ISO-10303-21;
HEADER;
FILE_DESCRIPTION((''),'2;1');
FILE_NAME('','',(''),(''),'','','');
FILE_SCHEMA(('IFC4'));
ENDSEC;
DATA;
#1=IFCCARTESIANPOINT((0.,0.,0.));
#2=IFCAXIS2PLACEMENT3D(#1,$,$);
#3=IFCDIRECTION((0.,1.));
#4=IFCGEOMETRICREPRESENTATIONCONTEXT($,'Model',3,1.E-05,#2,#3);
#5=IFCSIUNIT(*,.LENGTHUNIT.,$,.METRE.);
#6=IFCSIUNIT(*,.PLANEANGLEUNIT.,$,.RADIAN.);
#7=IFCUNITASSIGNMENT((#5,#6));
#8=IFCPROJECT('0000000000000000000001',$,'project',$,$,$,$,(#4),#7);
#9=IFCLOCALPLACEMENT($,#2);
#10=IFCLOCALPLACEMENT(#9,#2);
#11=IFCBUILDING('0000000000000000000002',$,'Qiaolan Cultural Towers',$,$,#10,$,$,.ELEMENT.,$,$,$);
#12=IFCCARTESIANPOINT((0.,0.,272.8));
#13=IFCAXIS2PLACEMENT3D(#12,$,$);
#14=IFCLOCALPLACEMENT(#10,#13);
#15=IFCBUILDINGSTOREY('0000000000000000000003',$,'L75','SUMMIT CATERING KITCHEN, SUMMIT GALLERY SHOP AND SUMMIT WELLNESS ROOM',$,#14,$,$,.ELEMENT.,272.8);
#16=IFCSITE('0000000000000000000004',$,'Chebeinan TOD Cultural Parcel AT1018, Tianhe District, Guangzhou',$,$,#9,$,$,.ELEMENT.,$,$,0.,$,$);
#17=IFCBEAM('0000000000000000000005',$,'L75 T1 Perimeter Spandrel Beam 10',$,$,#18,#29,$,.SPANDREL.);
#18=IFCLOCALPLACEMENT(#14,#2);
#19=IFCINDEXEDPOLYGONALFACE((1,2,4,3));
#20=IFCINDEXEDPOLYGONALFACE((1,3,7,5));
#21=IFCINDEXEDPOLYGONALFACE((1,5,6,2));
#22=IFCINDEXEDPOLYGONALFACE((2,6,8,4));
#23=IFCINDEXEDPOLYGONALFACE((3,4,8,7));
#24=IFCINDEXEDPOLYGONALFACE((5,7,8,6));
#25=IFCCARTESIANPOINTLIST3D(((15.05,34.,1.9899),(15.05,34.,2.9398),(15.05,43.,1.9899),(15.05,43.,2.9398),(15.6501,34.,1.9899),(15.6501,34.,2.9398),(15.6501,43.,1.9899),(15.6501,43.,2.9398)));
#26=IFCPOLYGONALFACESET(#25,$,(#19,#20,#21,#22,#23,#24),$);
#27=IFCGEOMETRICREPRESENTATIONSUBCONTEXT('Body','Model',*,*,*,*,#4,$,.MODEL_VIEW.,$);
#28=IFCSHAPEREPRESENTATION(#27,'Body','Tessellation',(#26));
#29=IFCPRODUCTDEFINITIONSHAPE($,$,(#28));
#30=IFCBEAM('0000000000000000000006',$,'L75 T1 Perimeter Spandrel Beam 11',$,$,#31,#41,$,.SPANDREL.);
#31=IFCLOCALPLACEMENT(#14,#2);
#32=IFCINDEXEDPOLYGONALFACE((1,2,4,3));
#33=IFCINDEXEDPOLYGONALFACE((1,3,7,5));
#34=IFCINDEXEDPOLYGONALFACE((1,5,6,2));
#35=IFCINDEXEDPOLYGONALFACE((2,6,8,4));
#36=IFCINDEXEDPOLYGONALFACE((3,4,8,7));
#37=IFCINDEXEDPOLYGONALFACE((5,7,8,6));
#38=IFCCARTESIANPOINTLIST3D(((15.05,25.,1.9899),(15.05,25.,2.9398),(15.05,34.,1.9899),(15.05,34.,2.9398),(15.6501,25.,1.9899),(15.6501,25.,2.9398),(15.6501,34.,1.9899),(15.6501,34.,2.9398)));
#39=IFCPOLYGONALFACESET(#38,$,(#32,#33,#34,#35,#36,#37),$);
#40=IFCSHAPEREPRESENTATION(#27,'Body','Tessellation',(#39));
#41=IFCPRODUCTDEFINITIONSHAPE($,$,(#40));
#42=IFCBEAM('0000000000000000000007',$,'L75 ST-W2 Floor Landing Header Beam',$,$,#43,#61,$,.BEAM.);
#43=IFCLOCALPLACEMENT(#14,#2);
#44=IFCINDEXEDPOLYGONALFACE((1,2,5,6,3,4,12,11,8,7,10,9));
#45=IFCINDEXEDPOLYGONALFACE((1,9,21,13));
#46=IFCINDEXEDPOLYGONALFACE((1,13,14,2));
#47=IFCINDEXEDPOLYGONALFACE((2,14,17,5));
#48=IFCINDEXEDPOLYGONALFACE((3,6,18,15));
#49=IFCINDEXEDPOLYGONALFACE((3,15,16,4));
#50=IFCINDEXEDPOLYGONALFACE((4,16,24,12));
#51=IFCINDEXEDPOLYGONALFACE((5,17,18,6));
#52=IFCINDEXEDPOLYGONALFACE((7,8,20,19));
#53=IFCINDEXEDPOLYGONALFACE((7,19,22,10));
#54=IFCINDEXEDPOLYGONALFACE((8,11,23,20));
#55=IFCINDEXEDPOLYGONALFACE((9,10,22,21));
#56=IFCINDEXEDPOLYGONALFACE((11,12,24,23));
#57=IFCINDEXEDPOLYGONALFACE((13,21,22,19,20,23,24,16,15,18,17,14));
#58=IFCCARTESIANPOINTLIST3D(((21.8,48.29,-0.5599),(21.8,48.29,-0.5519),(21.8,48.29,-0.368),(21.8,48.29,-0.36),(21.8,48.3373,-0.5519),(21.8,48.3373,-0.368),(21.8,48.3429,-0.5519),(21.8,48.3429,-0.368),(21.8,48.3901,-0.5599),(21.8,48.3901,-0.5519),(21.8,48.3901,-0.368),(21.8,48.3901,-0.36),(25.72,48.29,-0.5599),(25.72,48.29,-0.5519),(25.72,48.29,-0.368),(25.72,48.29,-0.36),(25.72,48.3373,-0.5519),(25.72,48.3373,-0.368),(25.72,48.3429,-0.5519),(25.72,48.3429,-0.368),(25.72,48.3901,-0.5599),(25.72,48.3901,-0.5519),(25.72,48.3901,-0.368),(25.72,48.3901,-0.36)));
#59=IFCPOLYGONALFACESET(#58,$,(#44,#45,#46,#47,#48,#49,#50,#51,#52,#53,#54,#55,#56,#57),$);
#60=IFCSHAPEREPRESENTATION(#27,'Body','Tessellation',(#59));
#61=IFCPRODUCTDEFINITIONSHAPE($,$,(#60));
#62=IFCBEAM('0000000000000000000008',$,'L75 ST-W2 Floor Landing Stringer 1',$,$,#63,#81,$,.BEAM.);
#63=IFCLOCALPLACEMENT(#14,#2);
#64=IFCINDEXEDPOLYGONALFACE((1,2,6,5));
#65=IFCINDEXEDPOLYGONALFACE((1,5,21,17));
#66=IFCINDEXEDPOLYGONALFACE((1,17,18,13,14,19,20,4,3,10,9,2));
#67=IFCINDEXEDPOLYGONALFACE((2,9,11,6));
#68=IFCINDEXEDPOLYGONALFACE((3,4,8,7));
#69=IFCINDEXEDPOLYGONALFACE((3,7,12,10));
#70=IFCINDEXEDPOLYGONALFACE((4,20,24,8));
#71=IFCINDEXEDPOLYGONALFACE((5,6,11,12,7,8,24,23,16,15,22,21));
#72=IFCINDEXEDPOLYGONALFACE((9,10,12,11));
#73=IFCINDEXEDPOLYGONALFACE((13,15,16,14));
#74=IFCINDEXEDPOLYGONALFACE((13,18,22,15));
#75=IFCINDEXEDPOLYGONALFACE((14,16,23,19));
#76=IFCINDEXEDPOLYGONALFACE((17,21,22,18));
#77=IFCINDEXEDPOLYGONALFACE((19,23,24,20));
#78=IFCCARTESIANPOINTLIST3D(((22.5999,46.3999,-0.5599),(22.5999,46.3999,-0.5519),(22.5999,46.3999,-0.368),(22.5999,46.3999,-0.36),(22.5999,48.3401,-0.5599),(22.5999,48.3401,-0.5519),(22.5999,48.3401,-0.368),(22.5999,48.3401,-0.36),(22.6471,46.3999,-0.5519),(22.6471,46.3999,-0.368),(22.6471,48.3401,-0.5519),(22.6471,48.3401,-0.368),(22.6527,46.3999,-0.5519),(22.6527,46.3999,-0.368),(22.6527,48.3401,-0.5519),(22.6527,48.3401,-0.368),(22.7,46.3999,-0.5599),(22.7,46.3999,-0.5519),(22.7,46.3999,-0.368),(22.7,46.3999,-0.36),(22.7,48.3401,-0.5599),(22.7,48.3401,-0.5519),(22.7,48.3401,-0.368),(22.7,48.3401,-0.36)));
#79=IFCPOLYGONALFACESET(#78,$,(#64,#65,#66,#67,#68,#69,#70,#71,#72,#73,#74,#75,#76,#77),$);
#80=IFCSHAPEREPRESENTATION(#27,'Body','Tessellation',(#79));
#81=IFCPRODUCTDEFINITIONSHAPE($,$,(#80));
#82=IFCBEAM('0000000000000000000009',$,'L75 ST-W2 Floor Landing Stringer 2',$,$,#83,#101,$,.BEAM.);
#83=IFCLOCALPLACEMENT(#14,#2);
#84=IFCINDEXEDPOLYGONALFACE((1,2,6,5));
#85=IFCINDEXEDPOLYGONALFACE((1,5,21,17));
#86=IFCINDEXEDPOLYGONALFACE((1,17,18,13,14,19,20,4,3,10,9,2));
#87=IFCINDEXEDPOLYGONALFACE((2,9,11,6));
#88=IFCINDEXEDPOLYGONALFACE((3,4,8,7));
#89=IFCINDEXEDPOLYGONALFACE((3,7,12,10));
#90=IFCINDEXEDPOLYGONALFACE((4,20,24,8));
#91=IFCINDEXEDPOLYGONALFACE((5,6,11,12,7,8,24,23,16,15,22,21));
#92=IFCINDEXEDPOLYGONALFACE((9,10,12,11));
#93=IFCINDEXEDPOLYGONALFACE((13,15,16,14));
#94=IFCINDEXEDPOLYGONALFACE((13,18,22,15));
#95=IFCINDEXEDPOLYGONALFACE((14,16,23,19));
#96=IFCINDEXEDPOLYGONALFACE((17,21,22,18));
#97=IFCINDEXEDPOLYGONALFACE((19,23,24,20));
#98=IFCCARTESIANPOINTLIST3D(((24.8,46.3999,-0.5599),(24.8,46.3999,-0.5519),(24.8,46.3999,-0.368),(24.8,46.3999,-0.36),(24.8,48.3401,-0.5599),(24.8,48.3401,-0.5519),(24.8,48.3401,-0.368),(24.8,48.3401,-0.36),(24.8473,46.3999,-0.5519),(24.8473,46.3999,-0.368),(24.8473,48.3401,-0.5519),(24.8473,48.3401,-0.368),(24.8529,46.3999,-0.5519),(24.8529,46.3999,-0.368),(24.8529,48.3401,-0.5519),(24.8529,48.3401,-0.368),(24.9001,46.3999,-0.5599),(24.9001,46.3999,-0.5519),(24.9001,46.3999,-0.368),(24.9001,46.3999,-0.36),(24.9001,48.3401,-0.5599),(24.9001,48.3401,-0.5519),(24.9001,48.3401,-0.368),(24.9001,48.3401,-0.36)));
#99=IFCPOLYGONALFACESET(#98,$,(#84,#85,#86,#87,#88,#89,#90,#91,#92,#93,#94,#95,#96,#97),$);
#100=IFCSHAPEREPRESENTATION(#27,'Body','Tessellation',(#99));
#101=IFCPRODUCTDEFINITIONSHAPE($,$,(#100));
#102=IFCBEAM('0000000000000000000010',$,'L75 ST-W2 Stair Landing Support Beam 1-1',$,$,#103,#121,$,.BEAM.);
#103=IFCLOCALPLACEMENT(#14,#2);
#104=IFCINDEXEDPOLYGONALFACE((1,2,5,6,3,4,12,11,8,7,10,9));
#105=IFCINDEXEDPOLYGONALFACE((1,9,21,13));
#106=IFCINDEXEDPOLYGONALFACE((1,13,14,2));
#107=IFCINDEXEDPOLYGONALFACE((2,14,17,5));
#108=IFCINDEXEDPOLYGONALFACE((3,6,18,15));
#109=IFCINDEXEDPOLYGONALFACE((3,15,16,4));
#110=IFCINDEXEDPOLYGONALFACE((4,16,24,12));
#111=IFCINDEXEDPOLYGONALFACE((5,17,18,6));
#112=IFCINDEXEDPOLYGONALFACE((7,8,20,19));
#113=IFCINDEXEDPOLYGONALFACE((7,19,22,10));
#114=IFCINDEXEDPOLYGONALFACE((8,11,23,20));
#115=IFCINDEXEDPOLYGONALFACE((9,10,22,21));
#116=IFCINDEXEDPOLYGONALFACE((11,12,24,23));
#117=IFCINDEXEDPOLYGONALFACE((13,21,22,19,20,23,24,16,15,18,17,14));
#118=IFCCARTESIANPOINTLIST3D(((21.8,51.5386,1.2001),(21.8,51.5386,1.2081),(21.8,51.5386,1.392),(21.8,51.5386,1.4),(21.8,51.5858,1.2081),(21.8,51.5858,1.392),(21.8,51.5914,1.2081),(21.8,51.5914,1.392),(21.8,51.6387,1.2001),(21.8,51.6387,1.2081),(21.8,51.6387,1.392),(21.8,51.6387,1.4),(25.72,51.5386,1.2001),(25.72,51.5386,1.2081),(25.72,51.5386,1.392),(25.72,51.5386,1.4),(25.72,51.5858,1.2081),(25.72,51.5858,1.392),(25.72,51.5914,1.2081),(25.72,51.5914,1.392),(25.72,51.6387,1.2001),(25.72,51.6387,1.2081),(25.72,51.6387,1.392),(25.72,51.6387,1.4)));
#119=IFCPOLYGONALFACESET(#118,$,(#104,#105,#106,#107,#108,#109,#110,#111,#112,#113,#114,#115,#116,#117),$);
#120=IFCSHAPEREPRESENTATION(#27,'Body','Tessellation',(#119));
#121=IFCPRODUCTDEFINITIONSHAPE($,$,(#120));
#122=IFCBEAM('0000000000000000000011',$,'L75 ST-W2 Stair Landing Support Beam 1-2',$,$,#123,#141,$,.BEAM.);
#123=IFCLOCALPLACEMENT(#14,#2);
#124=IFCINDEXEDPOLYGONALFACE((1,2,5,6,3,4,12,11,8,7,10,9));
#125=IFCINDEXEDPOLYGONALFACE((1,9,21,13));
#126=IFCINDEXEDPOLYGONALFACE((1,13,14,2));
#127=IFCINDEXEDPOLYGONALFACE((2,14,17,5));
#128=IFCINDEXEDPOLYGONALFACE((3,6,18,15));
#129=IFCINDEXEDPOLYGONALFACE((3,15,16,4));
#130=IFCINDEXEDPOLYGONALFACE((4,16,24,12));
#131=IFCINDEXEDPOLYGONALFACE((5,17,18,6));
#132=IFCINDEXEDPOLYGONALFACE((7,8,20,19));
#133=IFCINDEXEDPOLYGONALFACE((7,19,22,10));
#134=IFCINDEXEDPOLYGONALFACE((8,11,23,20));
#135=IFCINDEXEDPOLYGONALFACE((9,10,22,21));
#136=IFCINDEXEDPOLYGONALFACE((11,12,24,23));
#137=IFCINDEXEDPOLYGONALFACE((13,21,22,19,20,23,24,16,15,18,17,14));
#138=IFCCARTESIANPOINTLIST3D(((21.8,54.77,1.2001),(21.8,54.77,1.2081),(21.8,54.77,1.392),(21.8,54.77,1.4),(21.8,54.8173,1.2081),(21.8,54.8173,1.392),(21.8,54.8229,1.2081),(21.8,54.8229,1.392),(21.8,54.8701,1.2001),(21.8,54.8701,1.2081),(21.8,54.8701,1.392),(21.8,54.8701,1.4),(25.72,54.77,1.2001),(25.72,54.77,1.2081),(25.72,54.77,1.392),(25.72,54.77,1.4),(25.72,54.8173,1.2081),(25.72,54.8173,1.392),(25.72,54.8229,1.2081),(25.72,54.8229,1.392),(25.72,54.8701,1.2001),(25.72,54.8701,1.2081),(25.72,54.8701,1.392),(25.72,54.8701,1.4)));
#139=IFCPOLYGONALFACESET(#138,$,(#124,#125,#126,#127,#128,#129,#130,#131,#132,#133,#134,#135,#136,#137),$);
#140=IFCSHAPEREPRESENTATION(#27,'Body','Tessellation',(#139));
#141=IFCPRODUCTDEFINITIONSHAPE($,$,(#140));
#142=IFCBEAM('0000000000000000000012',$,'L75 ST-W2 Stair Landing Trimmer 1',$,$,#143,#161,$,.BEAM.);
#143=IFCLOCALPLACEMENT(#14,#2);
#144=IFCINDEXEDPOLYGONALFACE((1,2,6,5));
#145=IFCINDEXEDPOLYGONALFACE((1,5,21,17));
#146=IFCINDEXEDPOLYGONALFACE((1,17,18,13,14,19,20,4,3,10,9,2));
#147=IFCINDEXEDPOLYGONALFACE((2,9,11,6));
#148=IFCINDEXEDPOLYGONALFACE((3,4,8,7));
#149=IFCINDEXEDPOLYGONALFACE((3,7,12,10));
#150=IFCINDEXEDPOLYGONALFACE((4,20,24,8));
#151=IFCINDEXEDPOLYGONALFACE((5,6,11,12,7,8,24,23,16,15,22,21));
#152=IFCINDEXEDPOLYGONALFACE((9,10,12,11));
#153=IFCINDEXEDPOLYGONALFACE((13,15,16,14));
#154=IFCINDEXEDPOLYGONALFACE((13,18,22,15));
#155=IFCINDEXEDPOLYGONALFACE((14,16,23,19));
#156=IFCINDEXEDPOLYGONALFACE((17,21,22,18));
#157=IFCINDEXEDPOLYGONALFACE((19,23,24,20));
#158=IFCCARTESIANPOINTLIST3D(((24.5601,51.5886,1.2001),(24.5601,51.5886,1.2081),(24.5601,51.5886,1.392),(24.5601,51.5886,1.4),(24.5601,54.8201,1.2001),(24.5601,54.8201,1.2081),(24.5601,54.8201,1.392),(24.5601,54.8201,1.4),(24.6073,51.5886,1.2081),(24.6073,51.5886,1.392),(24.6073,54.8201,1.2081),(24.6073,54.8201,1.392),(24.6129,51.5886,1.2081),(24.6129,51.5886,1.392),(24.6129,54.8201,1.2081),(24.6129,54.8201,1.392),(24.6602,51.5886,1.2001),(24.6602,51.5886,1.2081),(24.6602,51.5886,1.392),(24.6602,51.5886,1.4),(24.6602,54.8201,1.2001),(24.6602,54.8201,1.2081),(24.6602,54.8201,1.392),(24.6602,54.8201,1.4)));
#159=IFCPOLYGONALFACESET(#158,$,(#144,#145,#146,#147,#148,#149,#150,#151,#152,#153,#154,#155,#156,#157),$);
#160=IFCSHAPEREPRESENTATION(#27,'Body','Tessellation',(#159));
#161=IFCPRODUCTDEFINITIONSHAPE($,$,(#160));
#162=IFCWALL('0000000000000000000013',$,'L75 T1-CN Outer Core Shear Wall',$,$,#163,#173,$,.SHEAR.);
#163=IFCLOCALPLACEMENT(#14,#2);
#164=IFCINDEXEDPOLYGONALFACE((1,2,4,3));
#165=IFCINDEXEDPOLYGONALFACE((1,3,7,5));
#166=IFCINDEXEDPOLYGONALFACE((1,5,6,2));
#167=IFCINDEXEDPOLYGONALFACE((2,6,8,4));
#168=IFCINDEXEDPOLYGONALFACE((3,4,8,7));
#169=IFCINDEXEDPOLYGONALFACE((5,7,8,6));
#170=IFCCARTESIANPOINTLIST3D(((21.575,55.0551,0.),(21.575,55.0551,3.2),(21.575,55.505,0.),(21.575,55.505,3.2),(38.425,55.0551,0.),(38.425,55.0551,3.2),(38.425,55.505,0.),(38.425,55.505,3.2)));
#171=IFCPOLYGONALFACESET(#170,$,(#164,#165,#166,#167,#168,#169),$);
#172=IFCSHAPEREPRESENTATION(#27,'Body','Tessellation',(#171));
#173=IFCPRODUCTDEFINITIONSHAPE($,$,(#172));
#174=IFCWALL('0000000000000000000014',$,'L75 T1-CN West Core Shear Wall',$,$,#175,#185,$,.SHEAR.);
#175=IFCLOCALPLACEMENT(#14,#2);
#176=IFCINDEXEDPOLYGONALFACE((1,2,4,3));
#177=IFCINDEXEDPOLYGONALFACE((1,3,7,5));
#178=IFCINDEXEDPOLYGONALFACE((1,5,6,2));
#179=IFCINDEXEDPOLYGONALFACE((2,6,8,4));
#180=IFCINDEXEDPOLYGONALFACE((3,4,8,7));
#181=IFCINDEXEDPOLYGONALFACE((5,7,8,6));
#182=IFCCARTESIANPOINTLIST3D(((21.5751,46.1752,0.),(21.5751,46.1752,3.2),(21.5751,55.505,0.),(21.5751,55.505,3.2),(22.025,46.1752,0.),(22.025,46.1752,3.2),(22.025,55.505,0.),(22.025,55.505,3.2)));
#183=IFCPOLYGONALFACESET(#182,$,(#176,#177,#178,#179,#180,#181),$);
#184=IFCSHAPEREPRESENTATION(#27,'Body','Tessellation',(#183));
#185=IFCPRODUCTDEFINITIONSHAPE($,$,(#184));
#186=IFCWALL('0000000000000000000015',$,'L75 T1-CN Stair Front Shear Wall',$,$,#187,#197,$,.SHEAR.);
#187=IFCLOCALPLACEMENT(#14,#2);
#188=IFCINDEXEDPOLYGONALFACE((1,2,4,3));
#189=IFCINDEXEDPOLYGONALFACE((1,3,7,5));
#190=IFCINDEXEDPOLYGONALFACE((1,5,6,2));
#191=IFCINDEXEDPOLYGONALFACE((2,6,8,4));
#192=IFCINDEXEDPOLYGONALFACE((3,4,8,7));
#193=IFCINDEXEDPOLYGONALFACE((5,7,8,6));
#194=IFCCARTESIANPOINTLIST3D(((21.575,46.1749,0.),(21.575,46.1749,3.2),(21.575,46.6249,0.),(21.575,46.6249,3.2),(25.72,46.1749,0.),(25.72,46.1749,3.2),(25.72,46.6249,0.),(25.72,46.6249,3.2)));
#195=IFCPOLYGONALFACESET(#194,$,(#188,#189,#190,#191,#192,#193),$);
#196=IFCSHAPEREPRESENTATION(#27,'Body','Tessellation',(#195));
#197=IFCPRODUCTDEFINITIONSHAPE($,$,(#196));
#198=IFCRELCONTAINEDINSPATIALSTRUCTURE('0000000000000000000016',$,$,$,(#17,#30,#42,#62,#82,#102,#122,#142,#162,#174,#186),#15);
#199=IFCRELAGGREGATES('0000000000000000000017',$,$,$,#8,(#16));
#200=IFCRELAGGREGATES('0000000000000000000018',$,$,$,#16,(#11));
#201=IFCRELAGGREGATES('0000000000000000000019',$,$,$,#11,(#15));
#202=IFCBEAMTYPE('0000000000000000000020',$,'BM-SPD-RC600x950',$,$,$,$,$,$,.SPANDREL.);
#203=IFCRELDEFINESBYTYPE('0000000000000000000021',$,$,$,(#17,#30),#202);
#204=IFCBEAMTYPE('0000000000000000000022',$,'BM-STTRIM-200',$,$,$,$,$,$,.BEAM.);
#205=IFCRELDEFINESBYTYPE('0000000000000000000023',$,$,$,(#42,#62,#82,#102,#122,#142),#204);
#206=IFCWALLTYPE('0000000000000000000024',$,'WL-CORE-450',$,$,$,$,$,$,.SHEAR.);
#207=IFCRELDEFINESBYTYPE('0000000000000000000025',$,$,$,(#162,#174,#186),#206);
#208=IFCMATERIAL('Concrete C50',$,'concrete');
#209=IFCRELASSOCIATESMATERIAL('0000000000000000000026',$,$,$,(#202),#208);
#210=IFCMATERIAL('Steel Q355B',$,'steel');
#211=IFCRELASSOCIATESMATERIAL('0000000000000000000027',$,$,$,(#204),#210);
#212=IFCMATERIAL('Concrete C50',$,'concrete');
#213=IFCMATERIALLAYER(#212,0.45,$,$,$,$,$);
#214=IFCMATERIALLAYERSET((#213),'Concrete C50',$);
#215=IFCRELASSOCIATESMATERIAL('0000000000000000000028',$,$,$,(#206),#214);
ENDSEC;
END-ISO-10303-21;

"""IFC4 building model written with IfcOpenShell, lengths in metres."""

from ifc_helpers import new_model, si_unit, direction, frame, frame_2d, origin, origin_2d, place, context, subcontext, project, spatial, rectangle, i_section, extrude, material, layer, layer_set, material_profile, profile_set, type_object, element, save


model = new_model("IFC4")

# Units and contexts
model_context = context("Model", 3, precision=1e-05, world=origin(), true_north=direction((0.0, 1.0)))
body_context = subcontext(model_context, "Body", "Model", "MODEL_VIEW")
ifc_project = project(units=[si_unit("LENGTHUNIT", "METRE"), si_unit("PLANEANGLEUNIT", "RADIAN")], contexts=[model_context])

# Site, building, storey
site_placement = place(None, origin())
site = spatial("IfcSite", under=ifc_project, at=site_placement, Name="Chebeinan TOD Cultural Parcel AT1018, Tianhe District, Guangzhou", CompositionType="ELEMENT", RefElevation=0.0)
building_placement = place(site_placement, origin())
building = spatial("IfcBuilding", under=site, at=building_placement, Name="Qiaolan Cultural Towers", CompositionType="ELEMENT")
storey_placement = place(building_placement, frame((0.0, 0.0, 272.8)))
storey = spatial("IfcBuildingStorey", under=building, at=storey_placement, Name="L75", Description="SUMMIT CATERING KITCHEN, SUMMIT GALLERY SHOP AND SUMMIT WELLNESS ROOM", CompositionType="ELEMENT", Elevation=272.8)

# Beams
ifc_material_1 = material(Name="Concrete C50", Category="concrete")
ifc_material_profile_1 = material_profile(ifc_material_1, rectangle(XDim=0.6001, YDim=0.95, at=origin_2d()), Name="RC600x950")
ifc_profile_set_1 = profile_set([ifc_material_profile_1], Name="Concrete C50")
beam_type_1 = type_object("IfcBeamType", Name="BM-SPD-RC600x950", PredefinedType="SPANDREL", material=ifc_profile_set_1)
for number, where, z_axis, x_axis, name in (
    (1, (15.3501, 43.0, 2.4648), (0.0, -1.0, 0.0), (1.0, 0.0, 0.0), "L75 T1 Perimeter Spandrel Beam 10"),
    (2, (15.3501, 34.0, 2.4648), (0.0, -1.0, 0.0), (1.0, 0.0, 0.0), "L75 T1 Perimeter Spandrel Beam 11"),
):
    element("IfcBeam", number, at=place(storey_placement, frame(where, z_axis=z_axis, x_axis=x_axis)), inside=storey, type_object=beam_type_1, Name=name, PredefinedType="SPANDREL", context=body_context, shape_type="SweptSolid", body=[
        extrude(rectangle(XDim=0.6001, YDim=0.95, at=origin_2d()), origin(), (0.0, 0.0, 1.0), 9.0),
    ])
ifc_material_2 = material(Name="Steel Q355B", Category="steel")
ifc_material_profile_2 = material_profile(ifc_material_2, i_section(OverallWidth=0.1001, OverallDepth=0.2, WebThickness=0.0056, FlangeThickness=0.0081, at=origin_2d()), Name="HN200x100x5.5x8")
ifc_profile_set_2 = profile_set([ifc_material_profile_2], Name="Steel Q355B")
beam_type_2 = type_object("IfcBeamType", Name="BM-STTRIM-200", PredefinedType="BEAM", material=ifc_profile_set_2)
beam_1_placement = place(storey_placement, frame((21.8, 48.3401, -0.46), z_axis=(1.0, 0.0, 0.0), x_axis=(0.0, 1.0, 0.0)))
element("IfcBeam", 3, at=beam_1_placement, inside=storey, type_object=beam_type_2, Name="L75 ST-W2 Floor Landing Header Beam", PredefinedType="BEAM", context=body_context, shape_type="SweptSolid", body=[
    extrude(i_section(OverallWidth=0.1001, OverallDepth=0.2, WebThickness=0.0056, FlangeThickness=0.0081, at=origin_2d()), origin(), (0.0, 0.0, 1.0), 3.9199),
])
for number, where, z_axis, x_axis, name in (
    (4, (22.6499, 46.3999, -0.46), (0.0, 1.0, 0.0), (-1.0, 0.0, 0.0), "L75 ST-W2 Floor Landing Stringer 1"),
    (5, (24.8501, 46.3999, -0.46), (0.0, 1.0, 0.0), (-1.0, 0.0, 0.0), "L75 ST-W2 Floor Landing Stringer 2"),
):
    element("IfcBeam", number, at=place(storey_placement, frame(where, z_axis=z_axis, x_axis=x_axis)), inside=storey, type_object=beam_type_2, Name=name, PredefinedType="BEAM", context=body_context, shape_type="SweptSolid", body=[
        extrude(i_section(OverallWidth=0.1001, OverallDepth=0.2, WebThickness=0.0056, FlangeThickness=0.0081, at=origin_2d()), origin(), (0.0, 0.0, 1.0), 1.9402),
    ])
for number, where, z_axis, x_axis, name in (
    (6, (21.8, 51.5886, 1.3), (1.0, 0.0, 0.0), (0.0, 1.0, 0.0), "L75 ST-W2 Stair Landing Support Beam 1-1"),
    (7, (21.8, 54.8201, 1.3), (1.0, 0.0, 0.0), (0.0, 1.0, 0.0), "L75 ST-W2 Stair Landing Support Beam 1-2"),
):
    element("IfcBeam", number, at=place(storey_placement, frame(where, z_axis=z_axis, x_axis=x_axis)), inside=storey, type_object=beam_type_2, Name=name, PredefinedType="BEAM", context=body_context, shape_type="SweptSolid", body=[
        extrude(i_section(OverallWidth=0.1001, OverallDepth=0.2, WebThickness=0.0056, FlangeThickness=0.0081, at=origin_2d()), origin(), (0.0, 0.0, 1.0), 3.9199),
    ])
beam_2_placement = place(storey_placement, frame((24.6101, 51.5886, 1.3), z_axis=(0.0, 1.0, 0.0), x_axis=(-1.0, 0.0, 0.0)))
element("IfcBeam", 8, at=beam_2_placement, inside=storey, type_object=beam_type_2, Name="L75 ST-W2 Stair Landing Trimmer 1", PredefinedType="BEAM", context=body_context, shape_type="SweptSolid", body=[
    extrude(i_section(OverallWidth=0.1001, OverallDepth=0.2, WebThickness=0.0056, FlangeThickness=0.0081, at=origin_2d()), origin(), (0.0, 0.0, 1.0), 3.2314),
])

# Walls
ifc_material_3 = material(Name="Concrete C50", Category="concrete")
ifc_layer_1 = layer(ifc_material_3, 0.45)
ifc_layer_set_1 = layer_set([ifc_layer_1], Name="Concrete C50")
wall_type_1 = type_object("IfcWallType", Name="WL-CORE-450", PredefinedType="SHEAR", material=ifc_layer_set_1)
wall_1_placement = place(storey_placement, frame((21.575, 55.28, 0.0), z_axis=(0.0, 0.0, 1.0), x_axis=(1.0, 0.0, 0.0)))
element("IfcWall", 9, at=wall_1_placement, inside=storey, type_object=wall_type_1, Name="L75 T1-CN Outer Core Shear Wall", PredefinedType="SHEAR", context=body_context, shape_type="SweptSolid", body=[
    extrude(rectangle(XDim=16.8501, YDim=0.45, at=frame_2d((8.425, 0.0))), origin(), (0.0, 0.0, 1.0), 3.2),
])
wall_2_placement = place(storey_placement, frame((21.8, 46.175, 0.0), z_axis=(0.0, 0.0, 1.0), x_axis=(0.0, 1.0, 0.0)))
element("IfcWall", 10, at=wall_2_placement, inside=storey, type_object=wall_type_1, Name="L75 T1-CN West Core Shear Wall", PredefinedType="SHEAR", context=body_context, shape_type="SweptSolid", body=[
    extrude(rectangle(XDim=9.3298, YDim=0.45, at=frame_2d((4.665, 0.0))), origin(), (0.0, 0.0, 1.0), 3.2),
])
wall_3_placement = place(storey_placement, frame((21.575, 46.3999, 0.0), z_axis=(0.0, 0.0, 1.0), x_axis=(1.0, 0.0, 0.0)))
element("IfcWall", 11, at=wall_3_placement, inside=storey, type_object=wall_type_1, Name="L75 T1-CN Stair Front Shear Wall", PredefinedType="SHEAR", context=body_context, shape_type="SweptSolid", body=[
    extrude(rectangle(XDim=4.145, YDim=0.45, at=frame_2d((2.0725, 0.0))), origin(), (0.0, 0.0, 1.0), 3.2),
])

save(model, "model.ifc")
